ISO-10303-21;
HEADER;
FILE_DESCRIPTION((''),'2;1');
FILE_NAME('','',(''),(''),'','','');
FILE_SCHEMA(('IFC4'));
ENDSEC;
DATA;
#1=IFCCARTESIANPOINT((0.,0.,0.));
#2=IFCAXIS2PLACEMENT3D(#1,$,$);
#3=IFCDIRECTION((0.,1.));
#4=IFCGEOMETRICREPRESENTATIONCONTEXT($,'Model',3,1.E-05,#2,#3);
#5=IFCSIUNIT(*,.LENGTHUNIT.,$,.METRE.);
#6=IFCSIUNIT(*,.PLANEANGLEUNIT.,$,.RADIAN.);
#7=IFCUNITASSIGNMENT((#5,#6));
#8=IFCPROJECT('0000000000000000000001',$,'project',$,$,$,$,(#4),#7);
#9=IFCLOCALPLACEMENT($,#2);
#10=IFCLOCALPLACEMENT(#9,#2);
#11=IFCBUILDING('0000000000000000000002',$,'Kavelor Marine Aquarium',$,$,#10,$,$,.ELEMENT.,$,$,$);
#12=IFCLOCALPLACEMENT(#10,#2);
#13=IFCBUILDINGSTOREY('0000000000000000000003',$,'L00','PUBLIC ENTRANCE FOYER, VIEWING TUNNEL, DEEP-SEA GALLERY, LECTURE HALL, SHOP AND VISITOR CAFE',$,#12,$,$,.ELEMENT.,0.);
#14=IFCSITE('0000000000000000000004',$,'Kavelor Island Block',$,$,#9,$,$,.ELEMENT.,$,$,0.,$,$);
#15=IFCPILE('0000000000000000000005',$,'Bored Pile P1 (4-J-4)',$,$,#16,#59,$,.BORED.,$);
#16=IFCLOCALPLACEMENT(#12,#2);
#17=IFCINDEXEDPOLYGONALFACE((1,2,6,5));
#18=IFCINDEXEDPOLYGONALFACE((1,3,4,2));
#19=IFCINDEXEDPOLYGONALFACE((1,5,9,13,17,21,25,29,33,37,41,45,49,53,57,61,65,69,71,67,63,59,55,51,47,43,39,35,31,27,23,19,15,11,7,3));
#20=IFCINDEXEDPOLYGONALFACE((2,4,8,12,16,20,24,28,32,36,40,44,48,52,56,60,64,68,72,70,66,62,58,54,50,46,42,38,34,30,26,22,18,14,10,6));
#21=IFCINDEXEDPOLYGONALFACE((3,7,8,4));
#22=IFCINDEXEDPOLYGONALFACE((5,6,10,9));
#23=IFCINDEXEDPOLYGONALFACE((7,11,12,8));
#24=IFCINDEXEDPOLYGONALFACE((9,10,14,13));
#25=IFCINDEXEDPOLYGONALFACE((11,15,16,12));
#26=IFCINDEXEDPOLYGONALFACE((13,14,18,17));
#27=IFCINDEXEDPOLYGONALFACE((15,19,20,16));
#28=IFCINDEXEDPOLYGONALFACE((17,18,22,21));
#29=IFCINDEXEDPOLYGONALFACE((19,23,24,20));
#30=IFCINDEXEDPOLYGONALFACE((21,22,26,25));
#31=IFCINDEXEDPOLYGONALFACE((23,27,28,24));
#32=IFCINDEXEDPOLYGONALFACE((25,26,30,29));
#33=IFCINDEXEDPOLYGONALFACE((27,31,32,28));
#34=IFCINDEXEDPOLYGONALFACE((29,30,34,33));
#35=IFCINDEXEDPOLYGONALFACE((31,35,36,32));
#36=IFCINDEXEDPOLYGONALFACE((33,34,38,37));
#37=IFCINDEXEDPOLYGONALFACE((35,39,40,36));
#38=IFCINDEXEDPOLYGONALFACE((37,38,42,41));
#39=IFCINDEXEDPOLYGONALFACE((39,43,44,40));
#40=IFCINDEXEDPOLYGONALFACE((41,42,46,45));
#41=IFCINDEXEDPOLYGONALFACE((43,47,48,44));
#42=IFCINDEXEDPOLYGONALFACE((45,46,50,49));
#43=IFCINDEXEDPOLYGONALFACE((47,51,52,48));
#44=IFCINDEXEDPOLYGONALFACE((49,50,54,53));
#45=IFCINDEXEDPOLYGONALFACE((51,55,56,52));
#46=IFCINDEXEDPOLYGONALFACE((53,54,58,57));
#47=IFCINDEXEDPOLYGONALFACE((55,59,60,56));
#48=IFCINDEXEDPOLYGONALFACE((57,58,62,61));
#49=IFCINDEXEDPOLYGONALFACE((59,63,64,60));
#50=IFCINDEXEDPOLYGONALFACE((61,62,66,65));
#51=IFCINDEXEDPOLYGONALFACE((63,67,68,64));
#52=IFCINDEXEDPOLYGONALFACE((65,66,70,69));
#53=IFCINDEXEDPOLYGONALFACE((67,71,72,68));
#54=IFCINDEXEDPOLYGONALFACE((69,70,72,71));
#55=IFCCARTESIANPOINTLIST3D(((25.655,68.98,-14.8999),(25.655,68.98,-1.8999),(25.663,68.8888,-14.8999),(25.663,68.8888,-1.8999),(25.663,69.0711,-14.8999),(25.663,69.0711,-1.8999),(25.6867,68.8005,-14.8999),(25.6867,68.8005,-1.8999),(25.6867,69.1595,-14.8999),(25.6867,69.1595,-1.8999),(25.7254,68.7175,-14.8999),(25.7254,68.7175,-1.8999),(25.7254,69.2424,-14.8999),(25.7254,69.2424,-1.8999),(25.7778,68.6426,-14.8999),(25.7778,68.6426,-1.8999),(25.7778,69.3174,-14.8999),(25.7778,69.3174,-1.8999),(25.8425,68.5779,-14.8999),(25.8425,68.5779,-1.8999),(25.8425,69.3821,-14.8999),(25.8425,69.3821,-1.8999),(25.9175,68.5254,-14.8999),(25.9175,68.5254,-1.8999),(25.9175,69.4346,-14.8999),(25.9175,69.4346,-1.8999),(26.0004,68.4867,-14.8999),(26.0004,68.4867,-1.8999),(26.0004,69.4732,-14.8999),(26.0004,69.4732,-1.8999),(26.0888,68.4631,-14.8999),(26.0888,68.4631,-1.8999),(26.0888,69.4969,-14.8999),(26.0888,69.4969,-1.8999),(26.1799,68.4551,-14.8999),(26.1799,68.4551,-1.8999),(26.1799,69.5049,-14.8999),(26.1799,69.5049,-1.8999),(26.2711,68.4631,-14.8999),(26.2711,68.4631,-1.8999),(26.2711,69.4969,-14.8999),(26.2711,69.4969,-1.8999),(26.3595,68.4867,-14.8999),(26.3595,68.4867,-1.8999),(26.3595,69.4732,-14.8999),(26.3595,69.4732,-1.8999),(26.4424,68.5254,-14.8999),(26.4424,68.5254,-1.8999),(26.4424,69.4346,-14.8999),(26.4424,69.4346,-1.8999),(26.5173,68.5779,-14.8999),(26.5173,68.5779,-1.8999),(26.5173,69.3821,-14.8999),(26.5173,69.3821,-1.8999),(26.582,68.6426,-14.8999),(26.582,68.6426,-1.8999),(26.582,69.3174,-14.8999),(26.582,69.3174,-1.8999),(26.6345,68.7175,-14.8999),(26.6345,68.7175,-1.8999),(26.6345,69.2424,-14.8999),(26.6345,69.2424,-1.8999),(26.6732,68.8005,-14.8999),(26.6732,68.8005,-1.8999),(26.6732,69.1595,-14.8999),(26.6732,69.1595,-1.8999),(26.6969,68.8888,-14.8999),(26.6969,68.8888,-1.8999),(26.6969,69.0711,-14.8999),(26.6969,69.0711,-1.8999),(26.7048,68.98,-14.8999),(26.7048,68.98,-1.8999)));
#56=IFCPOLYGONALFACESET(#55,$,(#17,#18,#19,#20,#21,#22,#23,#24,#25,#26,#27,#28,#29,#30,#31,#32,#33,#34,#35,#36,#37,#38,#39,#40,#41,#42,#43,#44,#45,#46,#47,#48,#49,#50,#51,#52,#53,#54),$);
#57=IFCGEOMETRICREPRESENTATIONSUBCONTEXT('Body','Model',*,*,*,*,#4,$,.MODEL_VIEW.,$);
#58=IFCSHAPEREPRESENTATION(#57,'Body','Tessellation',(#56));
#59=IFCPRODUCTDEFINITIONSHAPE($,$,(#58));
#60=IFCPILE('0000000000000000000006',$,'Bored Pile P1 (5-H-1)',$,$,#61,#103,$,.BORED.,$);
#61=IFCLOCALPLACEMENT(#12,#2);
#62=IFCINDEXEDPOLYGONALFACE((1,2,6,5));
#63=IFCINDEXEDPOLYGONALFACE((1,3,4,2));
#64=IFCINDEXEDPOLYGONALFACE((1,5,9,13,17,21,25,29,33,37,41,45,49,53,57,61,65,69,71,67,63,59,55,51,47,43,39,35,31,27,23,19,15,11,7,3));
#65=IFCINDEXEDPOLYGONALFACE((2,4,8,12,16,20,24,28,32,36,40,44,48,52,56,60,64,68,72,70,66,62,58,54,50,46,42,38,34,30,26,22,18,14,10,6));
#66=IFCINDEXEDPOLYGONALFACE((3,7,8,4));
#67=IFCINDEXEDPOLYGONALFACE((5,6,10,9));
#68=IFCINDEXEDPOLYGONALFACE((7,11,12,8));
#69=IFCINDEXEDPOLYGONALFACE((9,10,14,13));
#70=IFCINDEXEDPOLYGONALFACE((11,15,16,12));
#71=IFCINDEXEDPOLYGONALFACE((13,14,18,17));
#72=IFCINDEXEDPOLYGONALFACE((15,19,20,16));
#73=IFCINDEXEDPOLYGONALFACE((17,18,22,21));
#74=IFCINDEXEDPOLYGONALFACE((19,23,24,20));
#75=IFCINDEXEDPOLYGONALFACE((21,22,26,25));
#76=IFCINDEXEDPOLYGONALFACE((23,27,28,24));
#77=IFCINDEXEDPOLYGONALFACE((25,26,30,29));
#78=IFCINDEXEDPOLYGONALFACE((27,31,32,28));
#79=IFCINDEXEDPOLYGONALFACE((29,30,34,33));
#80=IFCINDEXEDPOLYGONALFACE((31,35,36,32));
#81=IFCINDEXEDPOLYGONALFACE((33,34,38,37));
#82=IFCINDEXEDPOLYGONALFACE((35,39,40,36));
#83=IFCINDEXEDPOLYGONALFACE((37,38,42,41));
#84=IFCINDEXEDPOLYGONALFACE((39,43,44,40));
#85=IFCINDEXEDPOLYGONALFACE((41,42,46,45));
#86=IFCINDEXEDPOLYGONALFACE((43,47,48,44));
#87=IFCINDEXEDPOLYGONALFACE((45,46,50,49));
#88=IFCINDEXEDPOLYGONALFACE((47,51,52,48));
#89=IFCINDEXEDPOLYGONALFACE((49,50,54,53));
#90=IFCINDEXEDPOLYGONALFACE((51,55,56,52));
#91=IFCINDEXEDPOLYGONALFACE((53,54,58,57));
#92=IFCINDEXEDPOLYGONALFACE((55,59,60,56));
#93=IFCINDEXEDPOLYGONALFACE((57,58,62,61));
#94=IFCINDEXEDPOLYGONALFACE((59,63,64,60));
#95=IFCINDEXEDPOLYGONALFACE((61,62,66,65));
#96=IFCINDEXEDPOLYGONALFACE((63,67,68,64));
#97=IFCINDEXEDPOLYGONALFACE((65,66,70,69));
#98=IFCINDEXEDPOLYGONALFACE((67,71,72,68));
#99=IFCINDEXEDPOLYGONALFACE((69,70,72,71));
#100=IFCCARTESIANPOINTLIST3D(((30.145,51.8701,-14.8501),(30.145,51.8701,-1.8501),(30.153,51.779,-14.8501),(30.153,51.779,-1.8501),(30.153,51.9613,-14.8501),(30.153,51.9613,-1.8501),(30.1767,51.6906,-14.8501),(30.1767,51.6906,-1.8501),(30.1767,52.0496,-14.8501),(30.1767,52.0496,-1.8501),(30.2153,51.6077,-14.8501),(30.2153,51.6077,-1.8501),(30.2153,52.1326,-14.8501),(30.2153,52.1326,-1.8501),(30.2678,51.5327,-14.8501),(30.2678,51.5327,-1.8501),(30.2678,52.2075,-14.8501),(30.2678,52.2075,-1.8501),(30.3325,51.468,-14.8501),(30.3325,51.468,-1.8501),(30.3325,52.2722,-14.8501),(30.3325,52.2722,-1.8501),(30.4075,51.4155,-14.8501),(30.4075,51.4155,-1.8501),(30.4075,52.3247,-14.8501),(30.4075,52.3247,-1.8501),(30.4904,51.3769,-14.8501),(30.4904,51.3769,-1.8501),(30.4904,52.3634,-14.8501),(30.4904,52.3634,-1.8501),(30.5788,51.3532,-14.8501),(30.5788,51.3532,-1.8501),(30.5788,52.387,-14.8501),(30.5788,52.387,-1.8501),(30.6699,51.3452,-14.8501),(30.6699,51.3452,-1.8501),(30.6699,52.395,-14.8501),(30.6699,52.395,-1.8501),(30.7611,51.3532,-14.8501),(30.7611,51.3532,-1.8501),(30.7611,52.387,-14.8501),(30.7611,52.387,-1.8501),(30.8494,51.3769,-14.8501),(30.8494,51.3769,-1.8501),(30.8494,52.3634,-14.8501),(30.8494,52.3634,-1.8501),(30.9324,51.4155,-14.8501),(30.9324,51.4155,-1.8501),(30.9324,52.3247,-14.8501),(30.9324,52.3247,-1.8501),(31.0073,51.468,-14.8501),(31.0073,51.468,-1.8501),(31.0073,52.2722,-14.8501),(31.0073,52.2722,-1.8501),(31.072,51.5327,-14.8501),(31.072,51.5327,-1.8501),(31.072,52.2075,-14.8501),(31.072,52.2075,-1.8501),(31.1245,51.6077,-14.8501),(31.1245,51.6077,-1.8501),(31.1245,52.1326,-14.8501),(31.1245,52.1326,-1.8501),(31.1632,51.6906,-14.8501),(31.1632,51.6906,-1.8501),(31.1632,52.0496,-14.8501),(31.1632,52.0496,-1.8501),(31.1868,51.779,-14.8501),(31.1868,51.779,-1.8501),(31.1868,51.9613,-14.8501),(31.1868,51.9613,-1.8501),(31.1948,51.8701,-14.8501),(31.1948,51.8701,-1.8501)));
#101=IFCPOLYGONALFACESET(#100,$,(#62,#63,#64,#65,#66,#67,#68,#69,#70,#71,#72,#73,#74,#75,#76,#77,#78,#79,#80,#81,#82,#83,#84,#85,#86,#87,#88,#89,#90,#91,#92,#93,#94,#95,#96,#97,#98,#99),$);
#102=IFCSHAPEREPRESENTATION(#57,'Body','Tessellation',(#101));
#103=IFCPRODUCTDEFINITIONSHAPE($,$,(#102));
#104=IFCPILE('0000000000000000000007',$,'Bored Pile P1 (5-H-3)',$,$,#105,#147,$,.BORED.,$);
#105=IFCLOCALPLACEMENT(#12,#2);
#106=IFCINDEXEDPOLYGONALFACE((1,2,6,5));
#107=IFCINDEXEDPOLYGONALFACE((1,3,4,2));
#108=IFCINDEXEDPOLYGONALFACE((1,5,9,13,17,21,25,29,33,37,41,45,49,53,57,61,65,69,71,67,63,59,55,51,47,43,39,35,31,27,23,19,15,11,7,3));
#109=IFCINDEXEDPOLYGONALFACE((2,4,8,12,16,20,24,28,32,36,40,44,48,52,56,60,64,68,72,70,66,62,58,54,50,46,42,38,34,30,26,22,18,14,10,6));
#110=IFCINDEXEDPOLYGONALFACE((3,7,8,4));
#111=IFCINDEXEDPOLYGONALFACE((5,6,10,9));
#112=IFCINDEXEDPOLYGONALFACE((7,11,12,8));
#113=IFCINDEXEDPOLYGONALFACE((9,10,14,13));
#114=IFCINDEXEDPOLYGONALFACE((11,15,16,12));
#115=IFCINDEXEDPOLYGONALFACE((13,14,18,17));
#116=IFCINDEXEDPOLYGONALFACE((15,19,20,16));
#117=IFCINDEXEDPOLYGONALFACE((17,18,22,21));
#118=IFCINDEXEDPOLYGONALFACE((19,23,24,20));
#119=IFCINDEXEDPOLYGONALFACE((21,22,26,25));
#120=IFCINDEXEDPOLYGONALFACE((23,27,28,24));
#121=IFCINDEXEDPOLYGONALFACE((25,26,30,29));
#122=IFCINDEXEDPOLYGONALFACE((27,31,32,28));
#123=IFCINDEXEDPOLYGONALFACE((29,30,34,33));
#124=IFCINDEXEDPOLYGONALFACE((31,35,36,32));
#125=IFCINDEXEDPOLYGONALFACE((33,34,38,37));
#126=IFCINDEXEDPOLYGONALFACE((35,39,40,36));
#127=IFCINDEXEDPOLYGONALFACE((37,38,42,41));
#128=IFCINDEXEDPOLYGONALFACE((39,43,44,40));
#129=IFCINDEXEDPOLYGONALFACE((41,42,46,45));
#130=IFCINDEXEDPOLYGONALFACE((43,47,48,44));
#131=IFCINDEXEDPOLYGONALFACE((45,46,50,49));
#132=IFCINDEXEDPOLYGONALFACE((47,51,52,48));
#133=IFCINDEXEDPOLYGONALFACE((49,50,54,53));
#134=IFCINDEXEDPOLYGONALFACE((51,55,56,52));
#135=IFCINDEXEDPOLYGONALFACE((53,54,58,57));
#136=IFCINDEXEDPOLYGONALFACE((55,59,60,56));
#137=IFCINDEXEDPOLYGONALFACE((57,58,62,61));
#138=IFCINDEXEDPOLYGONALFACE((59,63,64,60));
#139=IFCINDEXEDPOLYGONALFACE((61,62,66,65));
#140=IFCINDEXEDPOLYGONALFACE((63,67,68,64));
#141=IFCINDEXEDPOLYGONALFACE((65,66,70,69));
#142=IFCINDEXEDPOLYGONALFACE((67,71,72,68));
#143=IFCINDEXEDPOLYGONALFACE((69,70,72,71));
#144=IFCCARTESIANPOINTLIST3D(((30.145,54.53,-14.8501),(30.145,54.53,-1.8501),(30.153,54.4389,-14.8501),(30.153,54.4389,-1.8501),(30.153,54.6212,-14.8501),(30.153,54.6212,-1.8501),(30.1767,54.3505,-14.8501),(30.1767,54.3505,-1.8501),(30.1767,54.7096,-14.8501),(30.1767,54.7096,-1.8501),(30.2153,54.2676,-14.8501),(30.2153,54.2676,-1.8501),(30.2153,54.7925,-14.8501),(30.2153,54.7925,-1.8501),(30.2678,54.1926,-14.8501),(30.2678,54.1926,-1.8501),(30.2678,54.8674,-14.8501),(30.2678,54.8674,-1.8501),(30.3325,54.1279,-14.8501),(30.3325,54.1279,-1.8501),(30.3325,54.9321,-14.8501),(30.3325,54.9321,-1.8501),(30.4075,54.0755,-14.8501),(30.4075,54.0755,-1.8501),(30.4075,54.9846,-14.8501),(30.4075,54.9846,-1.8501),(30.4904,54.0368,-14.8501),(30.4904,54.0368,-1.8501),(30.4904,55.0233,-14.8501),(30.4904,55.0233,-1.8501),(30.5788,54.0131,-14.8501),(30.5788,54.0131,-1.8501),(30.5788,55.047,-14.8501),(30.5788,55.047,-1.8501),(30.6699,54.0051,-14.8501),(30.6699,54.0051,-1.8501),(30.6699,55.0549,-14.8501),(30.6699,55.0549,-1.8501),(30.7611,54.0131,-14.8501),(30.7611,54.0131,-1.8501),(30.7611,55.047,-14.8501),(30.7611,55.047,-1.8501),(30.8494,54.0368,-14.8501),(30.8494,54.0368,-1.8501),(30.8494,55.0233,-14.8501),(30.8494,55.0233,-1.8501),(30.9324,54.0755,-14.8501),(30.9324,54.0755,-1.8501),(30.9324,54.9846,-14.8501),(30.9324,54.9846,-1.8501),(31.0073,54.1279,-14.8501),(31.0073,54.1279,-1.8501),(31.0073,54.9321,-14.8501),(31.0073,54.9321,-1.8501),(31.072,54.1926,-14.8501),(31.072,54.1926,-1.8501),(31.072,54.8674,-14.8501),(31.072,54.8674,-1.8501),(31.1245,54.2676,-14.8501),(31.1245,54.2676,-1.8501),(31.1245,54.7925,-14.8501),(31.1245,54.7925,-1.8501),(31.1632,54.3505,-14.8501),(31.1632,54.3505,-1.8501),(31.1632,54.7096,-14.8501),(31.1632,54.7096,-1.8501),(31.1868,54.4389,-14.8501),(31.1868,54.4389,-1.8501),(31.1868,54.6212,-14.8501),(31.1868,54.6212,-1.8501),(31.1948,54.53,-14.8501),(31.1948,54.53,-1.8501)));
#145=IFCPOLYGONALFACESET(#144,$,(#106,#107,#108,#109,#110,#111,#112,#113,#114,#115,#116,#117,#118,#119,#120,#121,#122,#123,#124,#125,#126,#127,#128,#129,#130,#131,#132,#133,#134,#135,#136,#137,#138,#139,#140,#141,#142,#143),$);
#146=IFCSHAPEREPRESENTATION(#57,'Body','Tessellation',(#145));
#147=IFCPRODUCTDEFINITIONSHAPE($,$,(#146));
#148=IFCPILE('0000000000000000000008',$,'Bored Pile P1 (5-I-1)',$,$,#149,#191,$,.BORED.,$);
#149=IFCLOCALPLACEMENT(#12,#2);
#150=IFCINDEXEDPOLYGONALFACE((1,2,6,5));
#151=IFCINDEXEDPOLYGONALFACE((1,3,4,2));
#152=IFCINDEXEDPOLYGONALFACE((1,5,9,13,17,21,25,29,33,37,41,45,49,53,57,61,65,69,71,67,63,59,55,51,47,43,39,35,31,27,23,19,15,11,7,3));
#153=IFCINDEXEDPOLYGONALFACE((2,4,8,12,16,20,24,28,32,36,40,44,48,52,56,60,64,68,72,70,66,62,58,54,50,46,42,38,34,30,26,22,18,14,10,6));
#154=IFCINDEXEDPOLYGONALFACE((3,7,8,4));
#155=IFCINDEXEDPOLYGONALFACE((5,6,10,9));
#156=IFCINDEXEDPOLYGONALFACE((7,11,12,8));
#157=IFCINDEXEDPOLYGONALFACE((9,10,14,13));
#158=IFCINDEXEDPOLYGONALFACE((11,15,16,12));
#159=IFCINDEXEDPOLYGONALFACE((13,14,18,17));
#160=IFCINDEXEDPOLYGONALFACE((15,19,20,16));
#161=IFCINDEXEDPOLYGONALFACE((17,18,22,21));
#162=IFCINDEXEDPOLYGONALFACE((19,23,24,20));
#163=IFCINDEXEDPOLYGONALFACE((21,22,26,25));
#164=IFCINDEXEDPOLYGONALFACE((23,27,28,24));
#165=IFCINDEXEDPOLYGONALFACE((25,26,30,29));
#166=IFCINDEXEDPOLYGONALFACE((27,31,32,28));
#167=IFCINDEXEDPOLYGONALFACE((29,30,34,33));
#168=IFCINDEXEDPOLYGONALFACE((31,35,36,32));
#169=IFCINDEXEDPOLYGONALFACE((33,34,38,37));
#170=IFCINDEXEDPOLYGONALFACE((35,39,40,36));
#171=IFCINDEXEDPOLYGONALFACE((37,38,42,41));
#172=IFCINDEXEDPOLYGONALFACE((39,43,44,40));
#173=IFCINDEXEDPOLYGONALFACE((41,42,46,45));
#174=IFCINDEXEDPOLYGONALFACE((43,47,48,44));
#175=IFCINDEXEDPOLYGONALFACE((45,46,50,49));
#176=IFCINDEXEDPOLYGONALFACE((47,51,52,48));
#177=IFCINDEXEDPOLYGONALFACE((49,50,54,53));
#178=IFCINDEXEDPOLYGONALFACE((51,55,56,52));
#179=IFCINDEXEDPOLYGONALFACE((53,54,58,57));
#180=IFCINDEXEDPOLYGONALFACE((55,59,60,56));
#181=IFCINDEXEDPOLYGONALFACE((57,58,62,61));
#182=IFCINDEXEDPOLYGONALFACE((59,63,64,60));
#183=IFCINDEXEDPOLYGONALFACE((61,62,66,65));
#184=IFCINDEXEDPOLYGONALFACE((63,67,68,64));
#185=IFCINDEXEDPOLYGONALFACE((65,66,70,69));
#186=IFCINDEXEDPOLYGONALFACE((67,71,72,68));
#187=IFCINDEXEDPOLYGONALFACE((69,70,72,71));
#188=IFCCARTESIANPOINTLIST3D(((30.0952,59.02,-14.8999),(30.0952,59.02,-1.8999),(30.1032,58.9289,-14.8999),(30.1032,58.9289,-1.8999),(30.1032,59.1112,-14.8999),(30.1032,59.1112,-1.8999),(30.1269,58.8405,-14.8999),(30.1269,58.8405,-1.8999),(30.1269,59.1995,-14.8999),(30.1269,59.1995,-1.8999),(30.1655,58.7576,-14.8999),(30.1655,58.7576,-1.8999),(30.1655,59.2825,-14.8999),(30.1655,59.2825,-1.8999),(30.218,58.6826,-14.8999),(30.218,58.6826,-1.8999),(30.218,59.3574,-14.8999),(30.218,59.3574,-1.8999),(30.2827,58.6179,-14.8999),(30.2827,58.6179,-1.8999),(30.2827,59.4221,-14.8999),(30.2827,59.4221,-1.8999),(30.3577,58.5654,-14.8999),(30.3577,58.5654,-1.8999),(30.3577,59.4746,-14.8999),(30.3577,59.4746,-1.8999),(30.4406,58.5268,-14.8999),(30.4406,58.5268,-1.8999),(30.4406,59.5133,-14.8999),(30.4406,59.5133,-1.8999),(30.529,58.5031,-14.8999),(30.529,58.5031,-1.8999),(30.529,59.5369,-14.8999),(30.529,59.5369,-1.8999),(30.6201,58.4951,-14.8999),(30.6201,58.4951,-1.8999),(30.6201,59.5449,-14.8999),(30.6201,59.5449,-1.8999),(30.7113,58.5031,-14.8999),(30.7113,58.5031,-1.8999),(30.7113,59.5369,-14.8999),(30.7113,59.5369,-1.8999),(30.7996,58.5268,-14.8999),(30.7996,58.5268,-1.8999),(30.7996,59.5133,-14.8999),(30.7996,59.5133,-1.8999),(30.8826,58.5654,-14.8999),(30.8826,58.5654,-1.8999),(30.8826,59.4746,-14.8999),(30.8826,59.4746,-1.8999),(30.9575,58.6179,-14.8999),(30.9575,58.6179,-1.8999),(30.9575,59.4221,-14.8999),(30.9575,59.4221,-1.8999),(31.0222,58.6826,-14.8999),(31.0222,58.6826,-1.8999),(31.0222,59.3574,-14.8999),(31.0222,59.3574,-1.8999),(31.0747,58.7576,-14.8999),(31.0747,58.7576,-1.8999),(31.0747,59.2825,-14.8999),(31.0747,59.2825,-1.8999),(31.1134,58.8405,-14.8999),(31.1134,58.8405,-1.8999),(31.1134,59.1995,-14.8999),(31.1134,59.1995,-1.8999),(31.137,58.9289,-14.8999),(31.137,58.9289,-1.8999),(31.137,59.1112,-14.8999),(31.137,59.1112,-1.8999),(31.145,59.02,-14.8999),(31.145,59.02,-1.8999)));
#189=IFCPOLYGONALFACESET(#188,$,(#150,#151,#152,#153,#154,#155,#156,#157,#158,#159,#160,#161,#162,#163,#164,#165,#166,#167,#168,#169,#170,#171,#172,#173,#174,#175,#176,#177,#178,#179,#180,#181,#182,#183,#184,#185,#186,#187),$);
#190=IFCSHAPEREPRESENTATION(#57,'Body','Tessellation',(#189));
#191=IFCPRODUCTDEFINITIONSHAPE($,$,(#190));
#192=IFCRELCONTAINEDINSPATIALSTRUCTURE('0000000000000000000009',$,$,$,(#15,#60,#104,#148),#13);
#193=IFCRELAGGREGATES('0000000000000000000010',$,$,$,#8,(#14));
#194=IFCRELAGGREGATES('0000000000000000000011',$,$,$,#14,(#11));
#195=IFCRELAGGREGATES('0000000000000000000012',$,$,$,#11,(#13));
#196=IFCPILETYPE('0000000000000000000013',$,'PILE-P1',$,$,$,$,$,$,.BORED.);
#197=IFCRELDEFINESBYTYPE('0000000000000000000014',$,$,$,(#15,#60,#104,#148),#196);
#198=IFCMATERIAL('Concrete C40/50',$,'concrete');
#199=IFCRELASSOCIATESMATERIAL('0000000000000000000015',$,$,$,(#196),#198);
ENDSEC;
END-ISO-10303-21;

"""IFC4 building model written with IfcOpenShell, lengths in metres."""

from ifc_helpers import new_model, si_unit, direction, frame, origin, origin_2d, place, context, subcontext, project, spatial, circle, extrude, material, material_profile, profile_set, type_object, element, save


model = new_model("IFC4")

# Units and contexts
model_context = context("Model", 3, precision=1e-05, world=origin(), true_north=direction((0.0, 1.0)))
body_context = subcontext(model_context, "Body", "Model", "MODEL_VIEW")
ifc_project = project(units=[si_unit("LENGTHUNIT", "METRE"), si_unit("PLANEANGLEUNIT", "RADIAN")], contexts=[model_context])

# Site, building, storey
site_placement = place(None, origin())
site = spatial("IfcSite", under=ifc_project, at=site_placement, Name="Kavelor Island Block", CompositionType="ELEMENT", RefElevation=0.0)
building_placement = place(site_placement, origin())
building = spatial("IfcBuilding", under=site, at=building_placement, Name="Kavelor Marine Aquarium", CompositionType="ELEMENT")
storey_placement = place(building_placement, origin())
storey = spatial("IfcBuildingStorey", under=building, at=storey_placement, Name="L00", Description="PUBLIC ENTRANCE FOYER, VIEWING TUNNEL, DEEP-SEA GALLERY, LECTURE HALL, SHOP AND VISITOR CAFE", CompositionType="ELEMENT", Elevation=0.0)

# Piles
ifc_material_1 = material(Name="Concrete C40/50", Category="concrete")
ifc_material_profile_1 = material_profile(ifc_material_1, circle(Radius=0.5249, at=origin_2d()), Name="PILE D1050")
ifc_profile_set_1 = profile_set([ifc_material_profile_1], Name="Concrete C40/50")
pile_type = type_object("IfcPileType", Name="PILE-P1", PredefinedType="BORED", material=ifc_profile_set_1)
for number, where, z_axis, x_axis, name in (
    (1, (26.1799, 68.98, -1.8999), (0.0, 0.0, -1.0), (1.0, 0.0, 0.0), "Bored Pile P1 (4-J-4)"),
    (2, (30.6699, 51.8701, -1.8501), (0.0, 0.0, -1.0), (1.0, 0.0, 0.0), "Bored Pile P1 (5-H-1)"),
    (3, (30.6699, 54.53, -1.8501), (0.0, 0.0, -1.0), (1.0, 0.0, 0.0), "Bored Pile P1 (5-H-3)"),
    (4, (30.6201, 59.02, -1.8999), (0.0, 0.0, -1.0), (1.0, 0.0, 0.0), "Bored Pile P1 (5-I-1)"),
):
    element("IfcPile", number, at=place(storey_placement, frame(where, z_axis=z_axis, x_axis=x_axis)), inside=storey, type_object=pile_type, Name=name, PredefinedType="BORED", context=body_context, shape_type="SweptSolid", body=[
        extrude(circle(Radius=0.5249, at=origin_2d()), origin(), (0.0, 0.0, 1.0), 13.0),
    ])

save(model, "model.ifc")
